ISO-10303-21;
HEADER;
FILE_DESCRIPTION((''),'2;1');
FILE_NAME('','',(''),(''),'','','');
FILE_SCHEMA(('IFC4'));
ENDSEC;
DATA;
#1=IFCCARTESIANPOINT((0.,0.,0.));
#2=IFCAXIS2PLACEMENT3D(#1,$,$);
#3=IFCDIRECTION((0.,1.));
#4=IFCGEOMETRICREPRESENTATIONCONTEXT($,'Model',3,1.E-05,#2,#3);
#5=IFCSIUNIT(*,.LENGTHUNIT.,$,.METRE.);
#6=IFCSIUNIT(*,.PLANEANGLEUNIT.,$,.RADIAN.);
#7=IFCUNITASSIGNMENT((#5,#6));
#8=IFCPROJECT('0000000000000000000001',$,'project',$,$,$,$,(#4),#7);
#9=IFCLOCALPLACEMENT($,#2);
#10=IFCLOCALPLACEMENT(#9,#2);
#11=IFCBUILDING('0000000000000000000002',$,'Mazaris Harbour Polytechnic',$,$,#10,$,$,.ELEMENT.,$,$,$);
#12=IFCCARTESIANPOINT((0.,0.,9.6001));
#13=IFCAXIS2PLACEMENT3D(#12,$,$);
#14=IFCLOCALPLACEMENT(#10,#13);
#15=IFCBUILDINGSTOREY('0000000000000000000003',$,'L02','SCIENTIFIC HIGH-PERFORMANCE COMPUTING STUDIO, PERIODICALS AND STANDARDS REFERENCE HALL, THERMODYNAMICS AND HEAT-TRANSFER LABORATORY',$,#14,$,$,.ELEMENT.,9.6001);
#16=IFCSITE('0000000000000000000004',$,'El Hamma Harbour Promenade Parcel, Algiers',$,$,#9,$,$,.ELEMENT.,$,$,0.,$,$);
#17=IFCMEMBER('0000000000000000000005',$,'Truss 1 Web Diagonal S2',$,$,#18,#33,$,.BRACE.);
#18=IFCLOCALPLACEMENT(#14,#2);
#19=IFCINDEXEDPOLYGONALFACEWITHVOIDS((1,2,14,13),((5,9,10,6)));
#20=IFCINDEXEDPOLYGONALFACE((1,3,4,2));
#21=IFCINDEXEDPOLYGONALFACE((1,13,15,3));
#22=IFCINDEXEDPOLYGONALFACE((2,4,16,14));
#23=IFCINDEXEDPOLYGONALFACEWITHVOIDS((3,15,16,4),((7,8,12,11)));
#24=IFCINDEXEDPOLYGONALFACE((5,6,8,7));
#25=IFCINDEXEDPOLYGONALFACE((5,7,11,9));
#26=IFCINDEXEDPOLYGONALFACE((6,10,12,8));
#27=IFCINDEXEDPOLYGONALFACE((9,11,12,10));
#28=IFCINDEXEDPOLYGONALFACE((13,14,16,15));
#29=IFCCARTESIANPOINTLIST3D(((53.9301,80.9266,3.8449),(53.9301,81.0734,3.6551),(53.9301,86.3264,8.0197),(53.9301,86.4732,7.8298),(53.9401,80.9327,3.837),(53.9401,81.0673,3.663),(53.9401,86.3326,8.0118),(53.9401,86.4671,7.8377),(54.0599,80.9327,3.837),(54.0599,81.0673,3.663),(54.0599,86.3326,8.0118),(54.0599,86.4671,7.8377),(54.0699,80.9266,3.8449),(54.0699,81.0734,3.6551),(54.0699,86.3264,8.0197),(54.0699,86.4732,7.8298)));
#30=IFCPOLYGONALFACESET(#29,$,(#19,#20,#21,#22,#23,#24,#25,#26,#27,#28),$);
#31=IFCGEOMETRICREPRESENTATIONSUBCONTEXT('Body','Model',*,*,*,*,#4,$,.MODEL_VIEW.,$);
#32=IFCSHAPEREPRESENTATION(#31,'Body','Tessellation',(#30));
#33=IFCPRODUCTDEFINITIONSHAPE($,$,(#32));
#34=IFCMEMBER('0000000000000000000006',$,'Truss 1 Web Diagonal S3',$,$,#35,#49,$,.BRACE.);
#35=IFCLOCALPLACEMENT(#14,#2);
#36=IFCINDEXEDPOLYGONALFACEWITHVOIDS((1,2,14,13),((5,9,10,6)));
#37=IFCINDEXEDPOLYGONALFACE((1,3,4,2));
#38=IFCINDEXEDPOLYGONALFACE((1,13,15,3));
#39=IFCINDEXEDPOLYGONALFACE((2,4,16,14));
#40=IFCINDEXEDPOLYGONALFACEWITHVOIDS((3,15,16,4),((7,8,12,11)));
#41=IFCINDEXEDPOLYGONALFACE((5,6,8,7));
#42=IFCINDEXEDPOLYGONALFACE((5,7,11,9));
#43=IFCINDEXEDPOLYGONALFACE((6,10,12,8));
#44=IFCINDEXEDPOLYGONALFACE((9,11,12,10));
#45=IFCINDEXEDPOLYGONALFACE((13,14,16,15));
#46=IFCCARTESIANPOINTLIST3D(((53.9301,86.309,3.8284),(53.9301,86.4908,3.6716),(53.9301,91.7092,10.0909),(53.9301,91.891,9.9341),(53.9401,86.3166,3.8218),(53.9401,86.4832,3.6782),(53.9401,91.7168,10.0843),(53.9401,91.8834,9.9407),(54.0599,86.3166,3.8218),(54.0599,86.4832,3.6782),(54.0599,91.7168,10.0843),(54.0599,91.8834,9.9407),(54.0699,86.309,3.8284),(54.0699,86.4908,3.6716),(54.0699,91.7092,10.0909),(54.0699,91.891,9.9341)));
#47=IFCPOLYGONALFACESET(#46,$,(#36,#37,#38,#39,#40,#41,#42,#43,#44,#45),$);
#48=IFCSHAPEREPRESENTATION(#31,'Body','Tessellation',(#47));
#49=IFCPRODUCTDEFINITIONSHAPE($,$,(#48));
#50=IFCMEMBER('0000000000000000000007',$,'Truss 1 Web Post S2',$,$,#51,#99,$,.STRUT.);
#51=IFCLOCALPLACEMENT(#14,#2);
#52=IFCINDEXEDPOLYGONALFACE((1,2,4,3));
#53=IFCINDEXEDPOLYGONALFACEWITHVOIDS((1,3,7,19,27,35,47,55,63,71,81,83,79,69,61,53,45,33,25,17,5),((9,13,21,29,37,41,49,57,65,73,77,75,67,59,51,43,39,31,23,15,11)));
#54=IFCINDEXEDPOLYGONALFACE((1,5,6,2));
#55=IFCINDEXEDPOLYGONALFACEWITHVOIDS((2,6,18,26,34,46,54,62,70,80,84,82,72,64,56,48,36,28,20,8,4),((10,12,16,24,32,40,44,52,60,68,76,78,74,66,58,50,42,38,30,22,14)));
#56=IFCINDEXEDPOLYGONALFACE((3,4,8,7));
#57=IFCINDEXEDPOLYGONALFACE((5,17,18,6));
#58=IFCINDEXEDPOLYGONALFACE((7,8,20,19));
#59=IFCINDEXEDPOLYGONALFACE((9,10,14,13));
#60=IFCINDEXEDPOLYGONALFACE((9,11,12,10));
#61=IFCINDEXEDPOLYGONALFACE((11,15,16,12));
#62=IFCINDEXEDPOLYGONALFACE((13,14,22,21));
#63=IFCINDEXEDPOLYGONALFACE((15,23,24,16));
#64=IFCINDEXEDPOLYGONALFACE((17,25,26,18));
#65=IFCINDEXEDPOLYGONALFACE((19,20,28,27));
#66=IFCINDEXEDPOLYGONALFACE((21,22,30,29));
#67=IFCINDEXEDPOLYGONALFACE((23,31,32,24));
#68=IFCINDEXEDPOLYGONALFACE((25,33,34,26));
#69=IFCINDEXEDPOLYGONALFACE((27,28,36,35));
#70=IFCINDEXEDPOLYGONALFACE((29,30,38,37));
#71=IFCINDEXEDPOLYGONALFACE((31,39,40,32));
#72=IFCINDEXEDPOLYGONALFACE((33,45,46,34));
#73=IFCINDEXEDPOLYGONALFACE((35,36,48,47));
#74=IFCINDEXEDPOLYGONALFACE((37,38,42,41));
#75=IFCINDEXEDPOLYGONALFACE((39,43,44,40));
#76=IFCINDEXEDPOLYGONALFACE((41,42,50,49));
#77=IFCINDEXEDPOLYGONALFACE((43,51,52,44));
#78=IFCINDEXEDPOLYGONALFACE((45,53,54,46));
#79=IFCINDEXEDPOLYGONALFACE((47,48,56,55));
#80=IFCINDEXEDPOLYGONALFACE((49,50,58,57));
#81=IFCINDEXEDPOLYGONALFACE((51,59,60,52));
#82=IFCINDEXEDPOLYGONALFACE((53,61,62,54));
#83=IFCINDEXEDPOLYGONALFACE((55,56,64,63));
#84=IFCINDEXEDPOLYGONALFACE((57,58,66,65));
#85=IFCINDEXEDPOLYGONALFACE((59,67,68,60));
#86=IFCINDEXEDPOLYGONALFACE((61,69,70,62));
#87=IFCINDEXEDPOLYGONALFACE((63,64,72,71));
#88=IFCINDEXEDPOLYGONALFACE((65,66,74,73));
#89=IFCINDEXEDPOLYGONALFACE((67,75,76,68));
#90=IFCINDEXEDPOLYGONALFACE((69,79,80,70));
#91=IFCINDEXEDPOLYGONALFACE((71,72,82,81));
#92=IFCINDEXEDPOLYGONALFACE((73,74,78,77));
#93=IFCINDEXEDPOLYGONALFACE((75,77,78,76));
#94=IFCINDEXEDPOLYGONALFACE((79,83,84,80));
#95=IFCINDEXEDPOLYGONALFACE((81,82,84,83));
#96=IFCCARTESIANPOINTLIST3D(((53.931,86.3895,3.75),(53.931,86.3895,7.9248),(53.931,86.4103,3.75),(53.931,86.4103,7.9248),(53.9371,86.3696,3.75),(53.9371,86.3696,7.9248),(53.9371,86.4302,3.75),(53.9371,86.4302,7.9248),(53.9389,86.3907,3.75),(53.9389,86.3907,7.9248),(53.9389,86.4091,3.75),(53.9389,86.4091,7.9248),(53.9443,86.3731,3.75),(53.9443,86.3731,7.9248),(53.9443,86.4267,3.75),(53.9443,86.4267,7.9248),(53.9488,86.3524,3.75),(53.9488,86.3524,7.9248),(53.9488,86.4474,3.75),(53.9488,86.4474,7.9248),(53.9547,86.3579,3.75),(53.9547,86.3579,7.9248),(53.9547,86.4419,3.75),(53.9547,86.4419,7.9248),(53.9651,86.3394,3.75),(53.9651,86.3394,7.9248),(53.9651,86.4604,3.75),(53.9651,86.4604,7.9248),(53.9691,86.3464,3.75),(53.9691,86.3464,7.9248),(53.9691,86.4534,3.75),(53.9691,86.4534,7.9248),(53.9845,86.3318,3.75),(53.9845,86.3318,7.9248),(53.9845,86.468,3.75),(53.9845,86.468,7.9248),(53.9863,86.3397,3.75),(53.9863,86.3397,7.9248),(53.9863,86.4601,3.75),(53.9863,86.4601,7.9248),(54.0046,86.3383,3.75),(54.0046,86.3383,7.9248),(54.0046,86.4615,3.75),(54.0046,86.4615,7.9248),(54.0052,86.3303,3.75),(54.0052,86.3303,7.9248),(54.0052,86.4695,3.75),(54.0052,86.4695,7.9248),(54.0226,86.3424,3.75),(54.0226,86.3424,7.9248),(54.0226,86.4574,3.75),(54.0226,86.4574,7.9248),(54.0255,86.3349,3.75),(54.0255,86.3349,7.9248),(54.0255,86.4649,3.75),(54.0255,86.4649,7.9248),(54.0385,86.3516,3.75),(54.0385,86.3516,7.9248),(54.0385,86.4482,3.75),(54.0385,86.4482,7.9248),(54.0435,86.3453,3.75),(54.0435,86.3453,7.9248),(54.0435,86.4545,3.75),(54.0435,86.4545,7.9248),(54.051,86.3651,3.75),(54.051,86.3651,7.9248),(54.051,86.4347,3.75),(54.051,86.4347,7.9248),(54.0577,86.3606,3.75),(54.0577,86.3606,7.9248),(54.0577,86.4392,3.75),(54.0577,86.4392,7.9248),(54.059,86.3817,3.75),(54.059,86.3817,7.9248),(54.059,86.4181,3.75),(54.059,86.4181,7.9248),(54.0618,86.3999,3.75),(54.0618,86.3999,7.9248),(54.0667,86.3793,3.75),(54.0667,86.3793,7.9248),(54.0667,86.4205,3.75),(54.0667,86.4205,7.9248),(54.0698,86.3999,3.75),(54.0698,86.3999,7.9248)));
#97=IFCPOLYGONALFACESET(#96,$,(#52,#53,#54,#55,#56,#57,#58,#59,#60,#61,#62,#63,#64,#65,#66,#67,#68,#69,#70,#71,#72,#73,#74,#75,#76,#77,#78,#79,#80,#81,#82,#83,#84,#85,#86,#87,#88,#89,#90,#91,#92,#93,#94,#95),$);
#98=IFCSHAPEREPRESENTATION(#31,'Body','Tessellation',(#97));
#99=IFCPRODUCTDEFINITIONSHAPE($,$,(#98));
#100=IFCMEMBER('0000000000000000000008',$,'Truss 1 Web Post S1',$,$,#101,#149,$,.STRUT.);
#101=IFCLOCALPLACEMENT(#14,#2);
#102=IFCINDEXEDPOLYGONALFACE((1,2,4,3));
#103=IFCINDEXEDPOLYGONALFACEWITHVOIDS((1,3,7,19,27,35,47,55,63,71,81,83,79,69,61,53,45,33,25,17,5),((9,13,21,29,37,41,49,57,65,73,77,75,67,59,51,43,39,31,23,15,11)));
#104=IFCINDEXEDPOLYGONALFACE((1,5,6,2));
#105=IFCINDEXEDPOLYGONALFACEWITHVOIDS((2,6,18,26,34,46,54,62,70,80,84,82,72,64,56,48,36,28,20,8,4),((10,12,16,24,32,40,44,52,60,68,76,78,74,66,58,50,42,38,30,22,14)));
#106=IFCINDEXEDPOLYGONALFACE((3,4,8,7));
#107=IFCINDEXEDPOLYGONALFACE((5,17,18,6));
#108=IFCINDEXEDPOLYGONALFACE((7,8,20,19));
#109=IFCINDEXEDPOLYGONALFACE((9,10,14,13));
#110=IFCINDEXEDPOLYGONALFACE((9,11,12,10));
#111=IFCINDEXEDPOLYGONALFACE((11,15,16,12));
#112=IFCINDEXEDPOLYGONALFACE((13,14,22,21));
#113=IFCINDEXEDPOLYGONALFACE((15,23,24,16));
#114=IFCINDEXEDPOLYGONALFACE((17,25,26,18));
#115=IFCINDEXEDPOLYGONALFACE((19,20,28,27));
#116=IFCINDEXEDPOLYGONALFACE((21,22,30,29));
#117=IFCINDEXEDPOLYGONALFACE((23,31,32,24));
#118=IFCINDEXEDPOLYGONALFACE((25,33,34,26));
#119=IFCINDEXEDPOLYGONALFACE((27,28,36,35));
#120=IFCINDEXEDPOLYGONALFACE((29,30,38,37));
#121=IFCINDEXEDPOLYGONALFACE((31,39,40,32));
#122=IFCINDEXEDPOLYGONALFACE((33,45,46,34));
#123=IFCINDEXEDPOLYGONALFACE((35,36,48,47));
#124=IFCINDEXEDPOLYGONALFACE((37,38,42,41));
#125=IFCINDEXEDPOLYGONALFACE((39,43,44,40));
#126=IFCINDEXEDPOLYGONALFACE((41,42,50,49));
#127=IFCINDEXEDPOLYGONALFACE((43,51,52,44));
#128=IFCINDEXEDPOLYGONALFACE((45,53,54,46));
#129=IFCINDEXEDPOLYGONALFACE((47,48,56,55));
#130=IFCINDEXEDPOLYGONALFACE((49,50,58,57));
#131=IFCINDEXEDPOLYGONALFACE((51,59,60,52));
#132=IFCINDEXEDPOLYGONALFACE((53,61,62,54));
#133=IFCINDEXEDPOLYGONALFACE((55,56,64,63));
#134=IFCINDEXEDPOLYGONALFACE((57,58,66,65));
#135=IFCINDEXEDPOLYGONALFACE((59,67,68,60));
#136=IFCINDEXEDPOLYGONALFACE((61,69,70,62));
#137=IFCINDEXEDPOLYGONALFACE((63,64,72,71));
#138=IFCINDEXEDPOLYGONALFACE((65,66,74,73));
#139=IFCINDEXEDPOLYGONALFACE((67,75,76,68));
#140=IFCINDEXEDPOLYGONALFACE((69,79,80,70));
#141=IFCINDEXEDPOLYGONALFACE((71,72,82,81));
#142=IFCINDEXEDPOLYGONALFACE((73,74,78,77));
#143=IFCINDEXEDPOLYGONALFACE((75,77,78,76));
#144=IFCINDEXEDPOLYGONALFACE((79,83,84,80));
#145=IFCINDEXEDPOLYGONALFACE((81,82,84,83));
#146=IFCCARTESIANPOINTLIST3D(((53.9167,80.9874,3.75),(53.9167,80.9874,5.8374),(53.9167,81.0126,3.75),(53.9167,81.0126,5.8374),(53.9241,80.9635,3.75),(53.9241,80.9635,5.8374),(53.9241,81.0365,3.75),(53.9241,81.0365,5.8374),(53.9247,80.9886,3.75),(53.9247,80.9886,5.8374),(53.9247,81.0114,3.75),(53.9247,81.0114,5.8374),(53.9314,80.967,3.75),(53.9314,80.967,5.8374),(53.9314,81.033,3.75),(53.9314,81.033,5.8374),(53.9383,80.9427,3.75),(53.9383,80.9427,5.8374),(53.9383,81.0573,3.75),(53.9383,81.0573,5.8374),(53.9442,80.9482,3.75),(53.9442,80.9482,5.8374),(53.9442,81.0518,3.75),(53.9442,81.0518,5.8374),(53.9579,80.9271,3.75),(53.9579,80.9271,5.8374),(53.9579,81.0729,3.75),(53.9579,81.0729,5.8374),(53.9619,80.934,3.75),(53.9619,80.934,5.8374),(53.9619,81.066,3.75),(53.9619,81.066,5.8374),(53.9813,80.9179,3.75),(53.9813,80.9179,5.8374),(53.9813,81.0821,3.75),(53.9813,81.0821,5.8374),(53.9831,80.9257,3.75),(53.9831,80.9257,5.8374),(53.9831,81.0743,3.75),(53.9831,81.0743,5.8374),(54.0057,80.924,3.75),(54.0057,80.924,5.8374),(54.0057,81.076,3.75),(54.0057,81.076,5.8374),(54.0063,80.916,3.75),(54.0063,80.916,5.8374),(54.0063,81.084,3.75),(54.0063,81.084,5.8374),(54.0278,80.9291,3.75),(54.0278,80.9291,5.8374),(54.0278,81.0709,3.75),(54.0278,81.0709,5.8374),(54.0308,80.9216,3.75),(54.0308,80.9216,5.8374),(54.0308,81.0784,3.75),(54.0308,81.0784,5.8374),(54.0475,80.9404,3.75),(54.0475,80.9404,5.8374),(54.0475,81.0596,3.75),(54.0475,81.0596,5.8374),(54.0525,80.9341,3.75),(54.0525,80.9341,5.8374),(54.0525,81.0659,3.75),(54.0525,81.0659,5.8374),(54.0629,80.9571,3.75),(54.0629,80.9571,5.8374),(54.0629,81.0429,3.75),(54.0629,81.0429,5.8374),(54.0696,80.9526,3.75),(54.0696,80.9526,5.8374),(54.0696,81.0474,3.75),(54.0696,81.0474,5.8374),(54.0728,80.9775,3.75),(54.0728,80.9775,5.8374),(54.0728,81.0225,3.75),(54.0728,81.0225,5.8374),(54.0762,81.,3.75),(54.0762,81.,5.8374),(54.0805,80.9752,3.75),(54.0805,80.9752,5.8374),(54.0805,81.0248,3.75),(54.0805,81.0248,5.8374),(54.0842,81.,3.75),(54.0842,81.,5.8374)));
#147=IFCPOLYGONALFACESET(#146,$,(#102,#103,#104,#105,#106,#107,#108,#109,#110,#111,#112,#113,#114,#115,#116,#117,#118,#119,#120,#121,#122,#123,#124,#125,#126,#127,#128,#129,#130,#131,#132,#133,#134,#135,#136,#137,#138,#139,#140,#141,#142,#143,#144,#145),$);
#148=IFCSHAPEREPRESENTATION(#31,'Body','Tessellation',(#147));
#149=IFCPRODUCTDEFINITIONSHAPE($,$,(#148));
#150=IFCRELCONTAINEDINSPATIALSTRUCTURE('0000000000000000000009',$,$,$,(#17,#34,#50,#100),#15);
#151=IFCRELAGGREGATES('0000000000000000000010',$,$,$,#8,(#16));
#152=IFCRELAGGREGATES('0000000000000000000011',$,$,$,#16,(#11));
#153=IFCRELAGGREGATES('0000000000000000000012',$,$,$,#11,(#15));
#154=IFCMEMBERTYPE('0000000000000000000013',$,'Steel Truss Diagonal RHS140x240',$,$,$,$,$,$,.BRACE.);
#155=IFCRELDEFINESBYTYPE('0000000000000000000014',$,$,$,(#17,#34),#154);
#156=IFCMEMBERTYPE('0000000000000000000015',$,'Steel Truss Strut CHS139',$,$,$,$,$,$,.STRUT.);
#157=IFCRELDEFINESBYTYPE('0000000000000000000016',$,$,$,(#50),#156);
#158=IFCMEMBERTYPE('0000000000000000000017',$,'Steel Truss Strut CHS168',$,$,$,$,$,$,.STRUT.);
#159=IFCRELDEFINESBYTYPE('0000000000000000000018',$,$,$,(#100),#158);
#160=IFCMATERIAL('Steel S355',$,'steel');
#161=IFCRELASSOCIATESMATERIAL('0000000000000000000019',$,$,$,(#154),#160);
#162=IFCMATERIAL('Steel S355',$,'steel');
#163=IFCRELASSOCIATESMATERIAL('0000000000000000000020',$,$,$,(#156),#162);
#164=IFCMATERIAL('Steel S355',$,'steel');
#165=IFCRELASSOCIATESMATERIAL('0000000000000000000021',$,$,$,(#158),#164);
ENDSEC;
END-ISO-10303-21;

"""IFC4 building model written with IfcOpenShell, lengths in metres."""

from ifc_helpers import new_model, si_unit, direction, frame, origin, origin_2d, place, context, subcontext, project, spatial, hollow_rectangle, hollow_circle, extrude, material, material_profile, profile_set, type_object, element, save


model = new_model("IFC4")

# Units and contexts
model_context = context("Model", 3, precision=1e-05, world=origin(), true_north=direction((0.0, 1.0)))
body_context = subcontext(model_context, "Body", "Model", "MODEL_VIEW")
ifc_project = project(units=[si_unit("LENGTHUNIT", "METRE"), si_unit("PLANEANGLEUNIT", "RADIAN")], contexts=[model_context])

# Site, building, storey
site_placement = place(None, origin())
site = spatial("IfcSite", under=ifc_project, at=site_placement, Name="El Hamma Harbour Promenade Parcel, Algiers", CompositionType="ELEMENT", RefElevation=0.0)
building_placement = place(site_placement, origin())
building = spatial("IfcBuilding", under=site, at=building_placement, Name="Mazaris Harbour Polytechnic", CompositionType="ELEMENT")
storey_placement = place(building_placement, frame((0.0, 0.0, 9.6001)))
storey = spatial("IfcBuildingStorey", under=building, at=storey_placement, Name="L02", Description="SCIENTIFIC HIGH-PERFORMANCE COMPUTING STUDIO, PERIODICALS AND STANDARDS REFERENCE HALL, THERMODYNAMICS AND HEAT-TRANSFER LABORATORY", CompositionType="ELEMENT", Elevation=9.6001)

# Members
ifc_material_1 = material(Name="Steel S355", Category="steel")
ifc_material_profile_1 = material_profile(ifc_material_1, hollow_rectangle(XDim=0.1399, YDim=0.24, WallThickness=0.01, at=origin_2d()), Name="RHS 140x240x10.0")
ifc_profile_set_1 = profile_set([ifc_material_profile_1], Name="Steel S355")
member_type_1 = type_object("IfcMemberType", Name="Steel Truss Diagonal RHS140x240", PredefinedType="BRACE", material=ifc_profile_set_1)
member_1_placement = place(storey_placement, frame((54.0, 81.0, 3.75), z_axis=(0.0, 0.791132, 0.611645), x_axis=(-1.0, 0.0, 0.0)))
element("IfcMember", 1, at=member_1_placement, inside=storey, type_object=member_type_1, Name="Truss 1 Web Diagonal S2", PredefinedType="BRACE", context=body_context, shape_type="SweptSolid", body=[
    extrude(hollow_rectangle(XDim=0.1399, YDim=0.24, WallThickness=0.01, at=origin_2d()), origin(), (0.0, 0.0, 1.0), 6.8254),
])
member_2_placement = place(storey_placement, frame((54.0, 86.3999, 3.75), z_axis=(0.0, 0.653042, 0.757321), x_axis=(-1.0, 0.0, 0.0)))
element("IfcMember", 2, at=member_2_placement, inside=storey, type_object=member_type_1, Name="Truss 1 Web Diagonal S3", PredefinedType="BRACE", context=body_context, shape_type="SweptSolid", body=[
    extrude(hollow_rectangle(XDim=0.1399, YDim=0.24, WallThickness=0.01, at=origin_2d()), origin(), (0.0, 0.0, 1.0), 8.2693),
])
ifc_material_2 = material(Name="Steel S355", Category="steel")
ifc_material_profile_2 = material_profile(ifc_material_2, hollow_circle(Radius=0.0698, WallThickness=0.0081, at=origin_2d()), Name="CHS 139.7x8.0")
ifc_profile_set_2 = profile_set([ifc_material_profile_2], Name="Steel S355")
member_type_2 = type_object("IfcMemberType", Name="Steel Truss Strut CHS139", PredefinedType="STRUT", material=ifc_profile_set_2)
member_3_placement = place(storey_placement, frame((54.0, 86.3999, 3.75), z_axis=(0.0, 0.0, 1.0), x_axis=(1.0, 0.0, 0.0)))
element("IfcMember", 3, at=member_3_placement, inside=storey, type_object=member_type_2, Name="Truss 1 Web Post S2", PredefinedType="STRUT", context=body_context, shape_type="SweptSolid", body=[
    extrude(hollow_circle(Radius=0.0698, WallThickness=0.0081, at=origin_2d()), origin(), (0.0, 0.0, 1.0), 4.1748),
])
ifc_material_3 = material(Name="Steel S355", Category="steel")
ifc_material_profile_3 = material_profile(ifc_material_3, hollow_circle(Radius=0.0842, WallThickness=0.0081, at=origin_2d()), Name="CHS 168.3x8.0")
ifc_profile_set_3 = profile_set([ifc_material_profile_3], Name="Steel S355")
member_type_3 = type_object("IfcMemberType", Name="Steel Truss Strut CHS168", PredefinedType="STRUT", material=ifc_profile_set_3)
member_4_placement = place(storey_placement, frame((54.0, 81.0, 3.75), z_axis=(0.0, 0.0, 1.0), x_axis=(1.0, 0.0, 0.0)))
element("IfcMember", 4, at=member_4_placement, inside=storey, type_object=member_type_3, Name="Truss 1 Web Post S1", PredefinedType="STRUT", context=body_context, shape_type="SweptSolid", body=[
    extrude(hollow_circle(Radius=0.0842, WallThickness=0.0081, at=origin_2d()), origin(), (0.0, 0.0, 1.0), 2.0874),
])

save(model, "model.ifc")
